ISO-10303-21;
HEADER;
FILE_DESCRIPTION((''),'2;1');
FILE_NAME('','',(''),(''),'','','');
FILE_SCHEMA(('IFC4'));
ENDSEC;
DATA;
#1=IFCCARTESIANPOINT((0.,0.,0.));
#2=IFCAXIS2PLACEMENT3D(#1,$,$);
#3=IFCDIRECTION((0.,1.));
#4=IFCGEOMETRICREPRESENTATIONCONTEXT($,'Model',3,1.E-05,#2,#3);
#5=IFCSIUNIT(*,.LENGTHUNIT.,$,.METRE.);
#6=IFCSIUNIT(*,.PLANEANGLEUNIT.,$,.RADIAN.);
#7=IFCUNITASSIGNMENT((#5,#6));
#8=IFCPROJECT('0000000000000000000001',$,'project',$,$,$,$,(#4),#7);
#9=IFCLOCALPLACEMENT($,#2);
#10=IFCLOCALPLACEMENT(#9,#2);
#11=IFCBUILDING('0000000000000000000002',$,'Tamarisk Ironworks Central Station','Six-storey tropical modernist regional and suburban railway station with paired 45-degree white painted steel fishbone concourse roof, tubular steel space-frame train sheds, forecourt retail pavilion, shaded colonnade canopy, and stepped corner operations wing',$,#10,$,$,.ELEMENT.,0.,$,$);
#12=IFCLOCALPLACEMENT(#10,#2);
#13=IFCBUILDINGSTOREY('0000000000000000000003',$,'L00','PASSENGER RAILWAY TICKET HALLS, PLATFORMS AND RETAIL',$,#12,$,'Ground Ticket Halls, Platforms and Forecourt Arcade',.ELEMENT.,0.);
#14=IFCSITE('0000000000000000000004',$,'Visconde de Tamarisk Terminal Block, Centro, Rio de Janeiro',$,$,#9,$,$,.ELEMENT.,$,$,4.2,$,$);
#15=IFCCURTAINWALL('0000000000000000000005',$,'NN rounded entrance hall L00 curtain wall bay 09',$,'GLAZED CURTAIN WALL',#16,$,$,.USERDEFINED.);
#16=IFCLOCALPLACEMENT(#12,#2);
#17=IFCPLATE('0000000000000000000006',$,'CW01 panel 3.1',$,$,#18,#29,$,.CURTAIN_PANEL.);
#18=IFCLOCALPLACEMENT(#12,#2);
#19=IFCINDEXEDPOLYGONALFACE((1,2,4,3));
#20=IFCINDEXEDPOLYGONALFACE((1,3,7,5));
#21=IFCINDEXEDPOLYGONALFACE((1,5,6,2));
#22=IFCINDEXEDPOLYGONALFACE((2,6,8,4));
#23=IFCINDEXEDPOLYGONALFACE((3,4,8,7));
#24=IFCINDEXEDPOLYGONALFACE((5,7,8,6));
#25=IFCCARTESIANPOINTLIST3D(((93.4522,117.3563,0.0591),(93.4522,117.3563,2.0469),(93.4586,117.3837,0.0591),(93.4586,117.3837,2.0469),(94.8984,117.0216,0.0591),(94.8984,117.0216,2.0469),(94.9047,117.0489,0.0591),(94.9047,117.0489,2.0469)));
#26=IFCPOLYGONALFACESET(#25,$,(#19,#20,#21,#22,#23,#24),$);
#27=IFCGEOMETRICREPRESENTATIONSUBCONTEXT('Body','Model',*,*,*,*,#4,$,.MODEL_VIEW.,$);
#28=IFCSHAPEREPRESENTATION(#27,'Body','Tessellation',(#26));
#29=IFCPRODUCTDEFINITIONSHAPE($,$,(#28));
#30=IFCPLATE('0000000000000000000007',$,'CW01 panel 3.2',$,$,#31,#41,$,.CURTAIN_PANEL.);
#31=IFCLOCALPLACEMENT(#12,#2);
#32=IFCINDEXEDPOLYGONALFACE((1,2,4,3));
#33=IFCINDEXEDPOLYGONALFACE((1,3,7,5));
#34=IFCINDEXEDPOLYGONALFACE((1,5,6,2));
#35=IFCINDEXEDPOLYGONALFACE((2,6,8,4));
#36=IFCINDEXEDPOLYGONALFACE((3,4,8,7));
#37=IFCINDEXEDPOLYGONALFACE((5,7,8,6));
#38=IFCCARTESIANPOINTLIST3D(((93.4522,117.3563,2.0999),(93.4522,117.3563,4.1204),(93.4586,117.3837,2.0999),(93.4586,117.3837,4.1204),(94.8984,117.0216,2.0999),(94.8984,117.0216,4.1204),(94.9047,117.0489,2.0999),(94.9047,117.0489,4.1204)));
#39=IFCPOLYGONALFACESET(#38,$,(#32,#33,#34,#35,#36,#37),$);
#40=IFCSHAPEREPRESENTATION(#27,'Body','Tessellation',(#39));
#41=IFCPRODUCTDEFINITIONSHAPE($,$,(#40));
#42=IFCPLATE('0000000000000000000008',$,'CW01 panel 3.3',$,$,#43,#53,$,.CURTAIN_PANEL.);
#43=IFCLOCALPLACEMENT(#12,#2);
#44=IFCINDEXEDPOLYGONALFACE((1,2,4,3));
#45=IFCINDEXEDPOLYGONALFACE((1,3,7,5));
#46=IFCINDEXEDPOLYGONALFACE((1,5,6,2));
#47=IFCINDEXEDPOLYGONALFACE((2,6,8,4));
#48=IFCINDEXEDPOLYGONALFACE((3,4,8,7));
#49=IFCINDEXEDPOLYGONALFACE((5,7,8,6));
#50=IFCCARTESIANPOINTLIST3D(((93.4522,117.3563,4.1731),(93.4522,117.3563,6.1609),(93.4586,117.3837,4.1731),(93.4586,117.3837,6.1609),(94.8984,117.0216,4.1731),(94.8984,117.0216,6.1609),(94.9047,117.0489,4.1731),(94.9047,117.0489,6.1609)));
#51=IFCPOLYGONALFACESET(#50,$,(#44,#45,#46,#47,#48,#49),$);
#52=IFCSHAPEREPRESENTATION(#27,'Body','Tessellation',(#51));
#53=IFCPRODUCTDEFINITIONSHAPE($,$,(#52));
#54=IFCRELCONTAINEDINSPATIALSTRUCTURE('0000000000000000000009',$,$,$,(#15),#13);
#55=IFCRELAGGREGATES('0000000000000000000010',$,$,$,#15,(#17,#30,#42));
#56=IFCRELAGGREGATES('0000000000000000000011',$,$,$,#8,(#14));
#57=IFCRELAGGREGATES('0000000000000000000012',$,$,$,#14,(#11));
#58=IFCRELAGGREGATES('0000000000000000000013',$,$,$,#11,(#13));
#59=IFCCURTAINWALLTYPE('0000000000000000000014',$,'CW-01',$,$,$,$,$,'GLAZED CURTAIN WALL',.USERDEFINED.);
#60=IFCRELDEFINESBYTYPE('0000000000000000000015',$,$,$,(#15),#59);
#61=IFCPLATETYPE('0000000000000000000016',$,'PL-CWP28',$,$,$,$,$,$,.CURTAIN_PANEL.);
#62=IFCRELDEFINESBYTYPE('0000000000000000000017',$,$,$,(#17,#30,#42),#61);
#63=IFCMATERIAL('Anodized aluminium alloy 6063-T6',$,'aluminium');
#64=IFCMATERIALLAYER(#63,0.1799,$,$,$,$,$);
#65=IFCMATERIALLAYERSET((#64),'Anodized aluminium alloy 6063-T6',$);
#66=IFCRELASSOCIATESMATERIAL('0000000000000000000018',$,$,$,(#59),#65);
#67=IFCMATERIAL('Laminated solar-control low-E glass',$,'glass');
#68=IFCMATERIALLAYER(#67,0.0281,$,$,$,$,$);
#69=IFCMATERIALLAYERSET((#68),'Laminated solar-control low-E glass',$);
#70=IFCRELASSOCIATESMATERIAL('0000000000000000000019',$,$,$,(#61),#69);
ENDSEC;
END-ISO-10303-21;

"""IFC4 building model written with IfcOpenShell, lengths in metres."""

from ifc_helpers import new_model, si_unit, direction, frame, origin, origin_2d, place, context, subcontext, project, spatial, rectangle, extrude, material, layer, layer_set, type_object, element, aggregate, save


model = new_model("IFC4")

# Units and contexts
model_context = context("Model", 3, precision=1e-05, world=origin(), true_north=direction((0.0, 1.0)))
body_context = subcontext(model_context, "Body", "Model", "MODEL_VIEW")
ifc_project = project(units=[si_unit("LENGTHUNIT", "METRE"), si_unit("PLANEANGLEUNIT", "RADIAN")], contexts=[model_context])

# Site, building, storey
site_placement = place(None, origin())
site = spatial("IfcSite", under=ifc_project, at=site_placement, Name="Visconde de Tamarisk Terminal Block, Centro, Rio de Janeiro", CompositionType="ELEMENT", RefElevation=4.2)
building_placement = place(site_placement, origin())
building = spatial("IfcBuilding", under=site, at=building_placement, Name="Tamarisk Ironworks Central Station", Description="Six-storey tropical modernist regional and suburban railway station with paired 45-degree white painted steel fishbone concourse roof, tubular steel space-frame train sheds, forecourt retail pavilion, shaded colonnade canopy, and stepped corner operations wing", CompositionType="ELEMENT", ElevationOfRefHeight=0.0)
storey_placement = place(building_placement, origin())
storey = spatial("IfcBuildingStorey", under=building, at=storey_placement, Name="L00", Description="PASSENGER RAILWAY TICKET HALLS, PLATFORMS AND RETAIL", LongName="Ground Ticket Halls, Platforms and Forecourt Arcade", CompositionType="ELEMENT", Elevation=0.0)

# Curtain wall
ifc_material_1 = material(Name="Anodized aluminium alloy 6063-T6", Category="aluminium")
ifc_layer_1 = layer(ifc_material_1, 0.1799)
ifc_layer_set_1 = layer_set([ifc_layer_1], Name="Anodized aluminium alloy 6063-T6")
curtain_wall_type = type_object("IfcCurtainWallType", Name="CW-01", ElementType="GLAZED CURTAIN WALL", PredefinedType="USERDEFINED", material=ifc_layer_set_1)
curtain_wall_1_placement = place(storey_placement, origin())
curtain_wall_1 = element("IfcCurtainWall", 1, at=curtain_wall_1_placement, inside=storey, type_object=curtain_wall_type, Name="NN rounded entrance hall L00 curtain wall bay 09", ObjectType="GLAZED CURTAIN WALL", PredefinedType="USERDEFINED")

# Plates
ifc_material_2 = material(Name="Laminated solar-control low-E glass", Category="glass")
ifc_layer_2 = layer(ifc_material_2, 0.0281)
ifc_layer_set_2 = layer_set([ifc_layer_2], Name="Laminated solar-control low-E glass")
plate_type = type_object("IfcPlateType", Name="PL-CWP28", PredefinedType="CURTAIN_PANEL", material=ifc_layer_set_2)
plate_1_placement = place(storey_placement, frame((94.1785, 117.2026, 0.0591), z_axis=(0.0, 0.0, 1.0), x_axis=(0.974239, -0.225517, 0.0)))
plate_1 = element("IfcPlate", 2, at=plate_1_placement, type_object=plate_type, Name="CW01 panel 3.1", PredefinedType="CURTAIN_PANEL", context=body_context, shape_type="SweptSolid", body=[
    extrude(rectangle(XDim=1.4844, YDim=0.0281, at=origin_2d()), origin(), (0.0, 0.0, 1.0), 1.9878),
])
plate_2_placement = place(storey_placement, frame((94.1785, 117.2026, 2.0999), z_axis=(0.0, 0.0, 1.0), x_axis=(0.974239, -0.225517, 0.0)))
plate_2 = element("IfcPlate", 3, at=plate_2_placement, type_object=plate_type, Name="CW01 panel 3.2", PredefinedType="CURTAIN_PANEL", context=body_context, shape_type="SweptSolid", body=[
    extrude(rectangle(XDim=1.4844, YDim=0.0281, at=origin_2d()), origin(), (0.0, 0.0, 1.0), 2.0205),
])
plate_3_placement = place(storey_placement, frame((94.1785, 117.2026, 4.1731), z_axis=(0.0, 0.0, 1.0), x_axis=(0.974239, -0.225517, 0.0)))
plate_3 = element("IfcPlate", 4, at=plate_3_placement, type_object=plate_type, Name="CW01 panel 3.3", PredefinedType="CURTAIN_PANEL", context=body_context, shape_type="SweptSolid", body=[
    extrude(rectangle(XDim=1.4844, YDim=0.0281, at=origin_2d()), origin(), (0.0, 0.0, 1.0), 1.9878),
])
aggregate(curtain_wall_1, [plate_1, plate_2, plate_3])

save(model, "model.ifc")
